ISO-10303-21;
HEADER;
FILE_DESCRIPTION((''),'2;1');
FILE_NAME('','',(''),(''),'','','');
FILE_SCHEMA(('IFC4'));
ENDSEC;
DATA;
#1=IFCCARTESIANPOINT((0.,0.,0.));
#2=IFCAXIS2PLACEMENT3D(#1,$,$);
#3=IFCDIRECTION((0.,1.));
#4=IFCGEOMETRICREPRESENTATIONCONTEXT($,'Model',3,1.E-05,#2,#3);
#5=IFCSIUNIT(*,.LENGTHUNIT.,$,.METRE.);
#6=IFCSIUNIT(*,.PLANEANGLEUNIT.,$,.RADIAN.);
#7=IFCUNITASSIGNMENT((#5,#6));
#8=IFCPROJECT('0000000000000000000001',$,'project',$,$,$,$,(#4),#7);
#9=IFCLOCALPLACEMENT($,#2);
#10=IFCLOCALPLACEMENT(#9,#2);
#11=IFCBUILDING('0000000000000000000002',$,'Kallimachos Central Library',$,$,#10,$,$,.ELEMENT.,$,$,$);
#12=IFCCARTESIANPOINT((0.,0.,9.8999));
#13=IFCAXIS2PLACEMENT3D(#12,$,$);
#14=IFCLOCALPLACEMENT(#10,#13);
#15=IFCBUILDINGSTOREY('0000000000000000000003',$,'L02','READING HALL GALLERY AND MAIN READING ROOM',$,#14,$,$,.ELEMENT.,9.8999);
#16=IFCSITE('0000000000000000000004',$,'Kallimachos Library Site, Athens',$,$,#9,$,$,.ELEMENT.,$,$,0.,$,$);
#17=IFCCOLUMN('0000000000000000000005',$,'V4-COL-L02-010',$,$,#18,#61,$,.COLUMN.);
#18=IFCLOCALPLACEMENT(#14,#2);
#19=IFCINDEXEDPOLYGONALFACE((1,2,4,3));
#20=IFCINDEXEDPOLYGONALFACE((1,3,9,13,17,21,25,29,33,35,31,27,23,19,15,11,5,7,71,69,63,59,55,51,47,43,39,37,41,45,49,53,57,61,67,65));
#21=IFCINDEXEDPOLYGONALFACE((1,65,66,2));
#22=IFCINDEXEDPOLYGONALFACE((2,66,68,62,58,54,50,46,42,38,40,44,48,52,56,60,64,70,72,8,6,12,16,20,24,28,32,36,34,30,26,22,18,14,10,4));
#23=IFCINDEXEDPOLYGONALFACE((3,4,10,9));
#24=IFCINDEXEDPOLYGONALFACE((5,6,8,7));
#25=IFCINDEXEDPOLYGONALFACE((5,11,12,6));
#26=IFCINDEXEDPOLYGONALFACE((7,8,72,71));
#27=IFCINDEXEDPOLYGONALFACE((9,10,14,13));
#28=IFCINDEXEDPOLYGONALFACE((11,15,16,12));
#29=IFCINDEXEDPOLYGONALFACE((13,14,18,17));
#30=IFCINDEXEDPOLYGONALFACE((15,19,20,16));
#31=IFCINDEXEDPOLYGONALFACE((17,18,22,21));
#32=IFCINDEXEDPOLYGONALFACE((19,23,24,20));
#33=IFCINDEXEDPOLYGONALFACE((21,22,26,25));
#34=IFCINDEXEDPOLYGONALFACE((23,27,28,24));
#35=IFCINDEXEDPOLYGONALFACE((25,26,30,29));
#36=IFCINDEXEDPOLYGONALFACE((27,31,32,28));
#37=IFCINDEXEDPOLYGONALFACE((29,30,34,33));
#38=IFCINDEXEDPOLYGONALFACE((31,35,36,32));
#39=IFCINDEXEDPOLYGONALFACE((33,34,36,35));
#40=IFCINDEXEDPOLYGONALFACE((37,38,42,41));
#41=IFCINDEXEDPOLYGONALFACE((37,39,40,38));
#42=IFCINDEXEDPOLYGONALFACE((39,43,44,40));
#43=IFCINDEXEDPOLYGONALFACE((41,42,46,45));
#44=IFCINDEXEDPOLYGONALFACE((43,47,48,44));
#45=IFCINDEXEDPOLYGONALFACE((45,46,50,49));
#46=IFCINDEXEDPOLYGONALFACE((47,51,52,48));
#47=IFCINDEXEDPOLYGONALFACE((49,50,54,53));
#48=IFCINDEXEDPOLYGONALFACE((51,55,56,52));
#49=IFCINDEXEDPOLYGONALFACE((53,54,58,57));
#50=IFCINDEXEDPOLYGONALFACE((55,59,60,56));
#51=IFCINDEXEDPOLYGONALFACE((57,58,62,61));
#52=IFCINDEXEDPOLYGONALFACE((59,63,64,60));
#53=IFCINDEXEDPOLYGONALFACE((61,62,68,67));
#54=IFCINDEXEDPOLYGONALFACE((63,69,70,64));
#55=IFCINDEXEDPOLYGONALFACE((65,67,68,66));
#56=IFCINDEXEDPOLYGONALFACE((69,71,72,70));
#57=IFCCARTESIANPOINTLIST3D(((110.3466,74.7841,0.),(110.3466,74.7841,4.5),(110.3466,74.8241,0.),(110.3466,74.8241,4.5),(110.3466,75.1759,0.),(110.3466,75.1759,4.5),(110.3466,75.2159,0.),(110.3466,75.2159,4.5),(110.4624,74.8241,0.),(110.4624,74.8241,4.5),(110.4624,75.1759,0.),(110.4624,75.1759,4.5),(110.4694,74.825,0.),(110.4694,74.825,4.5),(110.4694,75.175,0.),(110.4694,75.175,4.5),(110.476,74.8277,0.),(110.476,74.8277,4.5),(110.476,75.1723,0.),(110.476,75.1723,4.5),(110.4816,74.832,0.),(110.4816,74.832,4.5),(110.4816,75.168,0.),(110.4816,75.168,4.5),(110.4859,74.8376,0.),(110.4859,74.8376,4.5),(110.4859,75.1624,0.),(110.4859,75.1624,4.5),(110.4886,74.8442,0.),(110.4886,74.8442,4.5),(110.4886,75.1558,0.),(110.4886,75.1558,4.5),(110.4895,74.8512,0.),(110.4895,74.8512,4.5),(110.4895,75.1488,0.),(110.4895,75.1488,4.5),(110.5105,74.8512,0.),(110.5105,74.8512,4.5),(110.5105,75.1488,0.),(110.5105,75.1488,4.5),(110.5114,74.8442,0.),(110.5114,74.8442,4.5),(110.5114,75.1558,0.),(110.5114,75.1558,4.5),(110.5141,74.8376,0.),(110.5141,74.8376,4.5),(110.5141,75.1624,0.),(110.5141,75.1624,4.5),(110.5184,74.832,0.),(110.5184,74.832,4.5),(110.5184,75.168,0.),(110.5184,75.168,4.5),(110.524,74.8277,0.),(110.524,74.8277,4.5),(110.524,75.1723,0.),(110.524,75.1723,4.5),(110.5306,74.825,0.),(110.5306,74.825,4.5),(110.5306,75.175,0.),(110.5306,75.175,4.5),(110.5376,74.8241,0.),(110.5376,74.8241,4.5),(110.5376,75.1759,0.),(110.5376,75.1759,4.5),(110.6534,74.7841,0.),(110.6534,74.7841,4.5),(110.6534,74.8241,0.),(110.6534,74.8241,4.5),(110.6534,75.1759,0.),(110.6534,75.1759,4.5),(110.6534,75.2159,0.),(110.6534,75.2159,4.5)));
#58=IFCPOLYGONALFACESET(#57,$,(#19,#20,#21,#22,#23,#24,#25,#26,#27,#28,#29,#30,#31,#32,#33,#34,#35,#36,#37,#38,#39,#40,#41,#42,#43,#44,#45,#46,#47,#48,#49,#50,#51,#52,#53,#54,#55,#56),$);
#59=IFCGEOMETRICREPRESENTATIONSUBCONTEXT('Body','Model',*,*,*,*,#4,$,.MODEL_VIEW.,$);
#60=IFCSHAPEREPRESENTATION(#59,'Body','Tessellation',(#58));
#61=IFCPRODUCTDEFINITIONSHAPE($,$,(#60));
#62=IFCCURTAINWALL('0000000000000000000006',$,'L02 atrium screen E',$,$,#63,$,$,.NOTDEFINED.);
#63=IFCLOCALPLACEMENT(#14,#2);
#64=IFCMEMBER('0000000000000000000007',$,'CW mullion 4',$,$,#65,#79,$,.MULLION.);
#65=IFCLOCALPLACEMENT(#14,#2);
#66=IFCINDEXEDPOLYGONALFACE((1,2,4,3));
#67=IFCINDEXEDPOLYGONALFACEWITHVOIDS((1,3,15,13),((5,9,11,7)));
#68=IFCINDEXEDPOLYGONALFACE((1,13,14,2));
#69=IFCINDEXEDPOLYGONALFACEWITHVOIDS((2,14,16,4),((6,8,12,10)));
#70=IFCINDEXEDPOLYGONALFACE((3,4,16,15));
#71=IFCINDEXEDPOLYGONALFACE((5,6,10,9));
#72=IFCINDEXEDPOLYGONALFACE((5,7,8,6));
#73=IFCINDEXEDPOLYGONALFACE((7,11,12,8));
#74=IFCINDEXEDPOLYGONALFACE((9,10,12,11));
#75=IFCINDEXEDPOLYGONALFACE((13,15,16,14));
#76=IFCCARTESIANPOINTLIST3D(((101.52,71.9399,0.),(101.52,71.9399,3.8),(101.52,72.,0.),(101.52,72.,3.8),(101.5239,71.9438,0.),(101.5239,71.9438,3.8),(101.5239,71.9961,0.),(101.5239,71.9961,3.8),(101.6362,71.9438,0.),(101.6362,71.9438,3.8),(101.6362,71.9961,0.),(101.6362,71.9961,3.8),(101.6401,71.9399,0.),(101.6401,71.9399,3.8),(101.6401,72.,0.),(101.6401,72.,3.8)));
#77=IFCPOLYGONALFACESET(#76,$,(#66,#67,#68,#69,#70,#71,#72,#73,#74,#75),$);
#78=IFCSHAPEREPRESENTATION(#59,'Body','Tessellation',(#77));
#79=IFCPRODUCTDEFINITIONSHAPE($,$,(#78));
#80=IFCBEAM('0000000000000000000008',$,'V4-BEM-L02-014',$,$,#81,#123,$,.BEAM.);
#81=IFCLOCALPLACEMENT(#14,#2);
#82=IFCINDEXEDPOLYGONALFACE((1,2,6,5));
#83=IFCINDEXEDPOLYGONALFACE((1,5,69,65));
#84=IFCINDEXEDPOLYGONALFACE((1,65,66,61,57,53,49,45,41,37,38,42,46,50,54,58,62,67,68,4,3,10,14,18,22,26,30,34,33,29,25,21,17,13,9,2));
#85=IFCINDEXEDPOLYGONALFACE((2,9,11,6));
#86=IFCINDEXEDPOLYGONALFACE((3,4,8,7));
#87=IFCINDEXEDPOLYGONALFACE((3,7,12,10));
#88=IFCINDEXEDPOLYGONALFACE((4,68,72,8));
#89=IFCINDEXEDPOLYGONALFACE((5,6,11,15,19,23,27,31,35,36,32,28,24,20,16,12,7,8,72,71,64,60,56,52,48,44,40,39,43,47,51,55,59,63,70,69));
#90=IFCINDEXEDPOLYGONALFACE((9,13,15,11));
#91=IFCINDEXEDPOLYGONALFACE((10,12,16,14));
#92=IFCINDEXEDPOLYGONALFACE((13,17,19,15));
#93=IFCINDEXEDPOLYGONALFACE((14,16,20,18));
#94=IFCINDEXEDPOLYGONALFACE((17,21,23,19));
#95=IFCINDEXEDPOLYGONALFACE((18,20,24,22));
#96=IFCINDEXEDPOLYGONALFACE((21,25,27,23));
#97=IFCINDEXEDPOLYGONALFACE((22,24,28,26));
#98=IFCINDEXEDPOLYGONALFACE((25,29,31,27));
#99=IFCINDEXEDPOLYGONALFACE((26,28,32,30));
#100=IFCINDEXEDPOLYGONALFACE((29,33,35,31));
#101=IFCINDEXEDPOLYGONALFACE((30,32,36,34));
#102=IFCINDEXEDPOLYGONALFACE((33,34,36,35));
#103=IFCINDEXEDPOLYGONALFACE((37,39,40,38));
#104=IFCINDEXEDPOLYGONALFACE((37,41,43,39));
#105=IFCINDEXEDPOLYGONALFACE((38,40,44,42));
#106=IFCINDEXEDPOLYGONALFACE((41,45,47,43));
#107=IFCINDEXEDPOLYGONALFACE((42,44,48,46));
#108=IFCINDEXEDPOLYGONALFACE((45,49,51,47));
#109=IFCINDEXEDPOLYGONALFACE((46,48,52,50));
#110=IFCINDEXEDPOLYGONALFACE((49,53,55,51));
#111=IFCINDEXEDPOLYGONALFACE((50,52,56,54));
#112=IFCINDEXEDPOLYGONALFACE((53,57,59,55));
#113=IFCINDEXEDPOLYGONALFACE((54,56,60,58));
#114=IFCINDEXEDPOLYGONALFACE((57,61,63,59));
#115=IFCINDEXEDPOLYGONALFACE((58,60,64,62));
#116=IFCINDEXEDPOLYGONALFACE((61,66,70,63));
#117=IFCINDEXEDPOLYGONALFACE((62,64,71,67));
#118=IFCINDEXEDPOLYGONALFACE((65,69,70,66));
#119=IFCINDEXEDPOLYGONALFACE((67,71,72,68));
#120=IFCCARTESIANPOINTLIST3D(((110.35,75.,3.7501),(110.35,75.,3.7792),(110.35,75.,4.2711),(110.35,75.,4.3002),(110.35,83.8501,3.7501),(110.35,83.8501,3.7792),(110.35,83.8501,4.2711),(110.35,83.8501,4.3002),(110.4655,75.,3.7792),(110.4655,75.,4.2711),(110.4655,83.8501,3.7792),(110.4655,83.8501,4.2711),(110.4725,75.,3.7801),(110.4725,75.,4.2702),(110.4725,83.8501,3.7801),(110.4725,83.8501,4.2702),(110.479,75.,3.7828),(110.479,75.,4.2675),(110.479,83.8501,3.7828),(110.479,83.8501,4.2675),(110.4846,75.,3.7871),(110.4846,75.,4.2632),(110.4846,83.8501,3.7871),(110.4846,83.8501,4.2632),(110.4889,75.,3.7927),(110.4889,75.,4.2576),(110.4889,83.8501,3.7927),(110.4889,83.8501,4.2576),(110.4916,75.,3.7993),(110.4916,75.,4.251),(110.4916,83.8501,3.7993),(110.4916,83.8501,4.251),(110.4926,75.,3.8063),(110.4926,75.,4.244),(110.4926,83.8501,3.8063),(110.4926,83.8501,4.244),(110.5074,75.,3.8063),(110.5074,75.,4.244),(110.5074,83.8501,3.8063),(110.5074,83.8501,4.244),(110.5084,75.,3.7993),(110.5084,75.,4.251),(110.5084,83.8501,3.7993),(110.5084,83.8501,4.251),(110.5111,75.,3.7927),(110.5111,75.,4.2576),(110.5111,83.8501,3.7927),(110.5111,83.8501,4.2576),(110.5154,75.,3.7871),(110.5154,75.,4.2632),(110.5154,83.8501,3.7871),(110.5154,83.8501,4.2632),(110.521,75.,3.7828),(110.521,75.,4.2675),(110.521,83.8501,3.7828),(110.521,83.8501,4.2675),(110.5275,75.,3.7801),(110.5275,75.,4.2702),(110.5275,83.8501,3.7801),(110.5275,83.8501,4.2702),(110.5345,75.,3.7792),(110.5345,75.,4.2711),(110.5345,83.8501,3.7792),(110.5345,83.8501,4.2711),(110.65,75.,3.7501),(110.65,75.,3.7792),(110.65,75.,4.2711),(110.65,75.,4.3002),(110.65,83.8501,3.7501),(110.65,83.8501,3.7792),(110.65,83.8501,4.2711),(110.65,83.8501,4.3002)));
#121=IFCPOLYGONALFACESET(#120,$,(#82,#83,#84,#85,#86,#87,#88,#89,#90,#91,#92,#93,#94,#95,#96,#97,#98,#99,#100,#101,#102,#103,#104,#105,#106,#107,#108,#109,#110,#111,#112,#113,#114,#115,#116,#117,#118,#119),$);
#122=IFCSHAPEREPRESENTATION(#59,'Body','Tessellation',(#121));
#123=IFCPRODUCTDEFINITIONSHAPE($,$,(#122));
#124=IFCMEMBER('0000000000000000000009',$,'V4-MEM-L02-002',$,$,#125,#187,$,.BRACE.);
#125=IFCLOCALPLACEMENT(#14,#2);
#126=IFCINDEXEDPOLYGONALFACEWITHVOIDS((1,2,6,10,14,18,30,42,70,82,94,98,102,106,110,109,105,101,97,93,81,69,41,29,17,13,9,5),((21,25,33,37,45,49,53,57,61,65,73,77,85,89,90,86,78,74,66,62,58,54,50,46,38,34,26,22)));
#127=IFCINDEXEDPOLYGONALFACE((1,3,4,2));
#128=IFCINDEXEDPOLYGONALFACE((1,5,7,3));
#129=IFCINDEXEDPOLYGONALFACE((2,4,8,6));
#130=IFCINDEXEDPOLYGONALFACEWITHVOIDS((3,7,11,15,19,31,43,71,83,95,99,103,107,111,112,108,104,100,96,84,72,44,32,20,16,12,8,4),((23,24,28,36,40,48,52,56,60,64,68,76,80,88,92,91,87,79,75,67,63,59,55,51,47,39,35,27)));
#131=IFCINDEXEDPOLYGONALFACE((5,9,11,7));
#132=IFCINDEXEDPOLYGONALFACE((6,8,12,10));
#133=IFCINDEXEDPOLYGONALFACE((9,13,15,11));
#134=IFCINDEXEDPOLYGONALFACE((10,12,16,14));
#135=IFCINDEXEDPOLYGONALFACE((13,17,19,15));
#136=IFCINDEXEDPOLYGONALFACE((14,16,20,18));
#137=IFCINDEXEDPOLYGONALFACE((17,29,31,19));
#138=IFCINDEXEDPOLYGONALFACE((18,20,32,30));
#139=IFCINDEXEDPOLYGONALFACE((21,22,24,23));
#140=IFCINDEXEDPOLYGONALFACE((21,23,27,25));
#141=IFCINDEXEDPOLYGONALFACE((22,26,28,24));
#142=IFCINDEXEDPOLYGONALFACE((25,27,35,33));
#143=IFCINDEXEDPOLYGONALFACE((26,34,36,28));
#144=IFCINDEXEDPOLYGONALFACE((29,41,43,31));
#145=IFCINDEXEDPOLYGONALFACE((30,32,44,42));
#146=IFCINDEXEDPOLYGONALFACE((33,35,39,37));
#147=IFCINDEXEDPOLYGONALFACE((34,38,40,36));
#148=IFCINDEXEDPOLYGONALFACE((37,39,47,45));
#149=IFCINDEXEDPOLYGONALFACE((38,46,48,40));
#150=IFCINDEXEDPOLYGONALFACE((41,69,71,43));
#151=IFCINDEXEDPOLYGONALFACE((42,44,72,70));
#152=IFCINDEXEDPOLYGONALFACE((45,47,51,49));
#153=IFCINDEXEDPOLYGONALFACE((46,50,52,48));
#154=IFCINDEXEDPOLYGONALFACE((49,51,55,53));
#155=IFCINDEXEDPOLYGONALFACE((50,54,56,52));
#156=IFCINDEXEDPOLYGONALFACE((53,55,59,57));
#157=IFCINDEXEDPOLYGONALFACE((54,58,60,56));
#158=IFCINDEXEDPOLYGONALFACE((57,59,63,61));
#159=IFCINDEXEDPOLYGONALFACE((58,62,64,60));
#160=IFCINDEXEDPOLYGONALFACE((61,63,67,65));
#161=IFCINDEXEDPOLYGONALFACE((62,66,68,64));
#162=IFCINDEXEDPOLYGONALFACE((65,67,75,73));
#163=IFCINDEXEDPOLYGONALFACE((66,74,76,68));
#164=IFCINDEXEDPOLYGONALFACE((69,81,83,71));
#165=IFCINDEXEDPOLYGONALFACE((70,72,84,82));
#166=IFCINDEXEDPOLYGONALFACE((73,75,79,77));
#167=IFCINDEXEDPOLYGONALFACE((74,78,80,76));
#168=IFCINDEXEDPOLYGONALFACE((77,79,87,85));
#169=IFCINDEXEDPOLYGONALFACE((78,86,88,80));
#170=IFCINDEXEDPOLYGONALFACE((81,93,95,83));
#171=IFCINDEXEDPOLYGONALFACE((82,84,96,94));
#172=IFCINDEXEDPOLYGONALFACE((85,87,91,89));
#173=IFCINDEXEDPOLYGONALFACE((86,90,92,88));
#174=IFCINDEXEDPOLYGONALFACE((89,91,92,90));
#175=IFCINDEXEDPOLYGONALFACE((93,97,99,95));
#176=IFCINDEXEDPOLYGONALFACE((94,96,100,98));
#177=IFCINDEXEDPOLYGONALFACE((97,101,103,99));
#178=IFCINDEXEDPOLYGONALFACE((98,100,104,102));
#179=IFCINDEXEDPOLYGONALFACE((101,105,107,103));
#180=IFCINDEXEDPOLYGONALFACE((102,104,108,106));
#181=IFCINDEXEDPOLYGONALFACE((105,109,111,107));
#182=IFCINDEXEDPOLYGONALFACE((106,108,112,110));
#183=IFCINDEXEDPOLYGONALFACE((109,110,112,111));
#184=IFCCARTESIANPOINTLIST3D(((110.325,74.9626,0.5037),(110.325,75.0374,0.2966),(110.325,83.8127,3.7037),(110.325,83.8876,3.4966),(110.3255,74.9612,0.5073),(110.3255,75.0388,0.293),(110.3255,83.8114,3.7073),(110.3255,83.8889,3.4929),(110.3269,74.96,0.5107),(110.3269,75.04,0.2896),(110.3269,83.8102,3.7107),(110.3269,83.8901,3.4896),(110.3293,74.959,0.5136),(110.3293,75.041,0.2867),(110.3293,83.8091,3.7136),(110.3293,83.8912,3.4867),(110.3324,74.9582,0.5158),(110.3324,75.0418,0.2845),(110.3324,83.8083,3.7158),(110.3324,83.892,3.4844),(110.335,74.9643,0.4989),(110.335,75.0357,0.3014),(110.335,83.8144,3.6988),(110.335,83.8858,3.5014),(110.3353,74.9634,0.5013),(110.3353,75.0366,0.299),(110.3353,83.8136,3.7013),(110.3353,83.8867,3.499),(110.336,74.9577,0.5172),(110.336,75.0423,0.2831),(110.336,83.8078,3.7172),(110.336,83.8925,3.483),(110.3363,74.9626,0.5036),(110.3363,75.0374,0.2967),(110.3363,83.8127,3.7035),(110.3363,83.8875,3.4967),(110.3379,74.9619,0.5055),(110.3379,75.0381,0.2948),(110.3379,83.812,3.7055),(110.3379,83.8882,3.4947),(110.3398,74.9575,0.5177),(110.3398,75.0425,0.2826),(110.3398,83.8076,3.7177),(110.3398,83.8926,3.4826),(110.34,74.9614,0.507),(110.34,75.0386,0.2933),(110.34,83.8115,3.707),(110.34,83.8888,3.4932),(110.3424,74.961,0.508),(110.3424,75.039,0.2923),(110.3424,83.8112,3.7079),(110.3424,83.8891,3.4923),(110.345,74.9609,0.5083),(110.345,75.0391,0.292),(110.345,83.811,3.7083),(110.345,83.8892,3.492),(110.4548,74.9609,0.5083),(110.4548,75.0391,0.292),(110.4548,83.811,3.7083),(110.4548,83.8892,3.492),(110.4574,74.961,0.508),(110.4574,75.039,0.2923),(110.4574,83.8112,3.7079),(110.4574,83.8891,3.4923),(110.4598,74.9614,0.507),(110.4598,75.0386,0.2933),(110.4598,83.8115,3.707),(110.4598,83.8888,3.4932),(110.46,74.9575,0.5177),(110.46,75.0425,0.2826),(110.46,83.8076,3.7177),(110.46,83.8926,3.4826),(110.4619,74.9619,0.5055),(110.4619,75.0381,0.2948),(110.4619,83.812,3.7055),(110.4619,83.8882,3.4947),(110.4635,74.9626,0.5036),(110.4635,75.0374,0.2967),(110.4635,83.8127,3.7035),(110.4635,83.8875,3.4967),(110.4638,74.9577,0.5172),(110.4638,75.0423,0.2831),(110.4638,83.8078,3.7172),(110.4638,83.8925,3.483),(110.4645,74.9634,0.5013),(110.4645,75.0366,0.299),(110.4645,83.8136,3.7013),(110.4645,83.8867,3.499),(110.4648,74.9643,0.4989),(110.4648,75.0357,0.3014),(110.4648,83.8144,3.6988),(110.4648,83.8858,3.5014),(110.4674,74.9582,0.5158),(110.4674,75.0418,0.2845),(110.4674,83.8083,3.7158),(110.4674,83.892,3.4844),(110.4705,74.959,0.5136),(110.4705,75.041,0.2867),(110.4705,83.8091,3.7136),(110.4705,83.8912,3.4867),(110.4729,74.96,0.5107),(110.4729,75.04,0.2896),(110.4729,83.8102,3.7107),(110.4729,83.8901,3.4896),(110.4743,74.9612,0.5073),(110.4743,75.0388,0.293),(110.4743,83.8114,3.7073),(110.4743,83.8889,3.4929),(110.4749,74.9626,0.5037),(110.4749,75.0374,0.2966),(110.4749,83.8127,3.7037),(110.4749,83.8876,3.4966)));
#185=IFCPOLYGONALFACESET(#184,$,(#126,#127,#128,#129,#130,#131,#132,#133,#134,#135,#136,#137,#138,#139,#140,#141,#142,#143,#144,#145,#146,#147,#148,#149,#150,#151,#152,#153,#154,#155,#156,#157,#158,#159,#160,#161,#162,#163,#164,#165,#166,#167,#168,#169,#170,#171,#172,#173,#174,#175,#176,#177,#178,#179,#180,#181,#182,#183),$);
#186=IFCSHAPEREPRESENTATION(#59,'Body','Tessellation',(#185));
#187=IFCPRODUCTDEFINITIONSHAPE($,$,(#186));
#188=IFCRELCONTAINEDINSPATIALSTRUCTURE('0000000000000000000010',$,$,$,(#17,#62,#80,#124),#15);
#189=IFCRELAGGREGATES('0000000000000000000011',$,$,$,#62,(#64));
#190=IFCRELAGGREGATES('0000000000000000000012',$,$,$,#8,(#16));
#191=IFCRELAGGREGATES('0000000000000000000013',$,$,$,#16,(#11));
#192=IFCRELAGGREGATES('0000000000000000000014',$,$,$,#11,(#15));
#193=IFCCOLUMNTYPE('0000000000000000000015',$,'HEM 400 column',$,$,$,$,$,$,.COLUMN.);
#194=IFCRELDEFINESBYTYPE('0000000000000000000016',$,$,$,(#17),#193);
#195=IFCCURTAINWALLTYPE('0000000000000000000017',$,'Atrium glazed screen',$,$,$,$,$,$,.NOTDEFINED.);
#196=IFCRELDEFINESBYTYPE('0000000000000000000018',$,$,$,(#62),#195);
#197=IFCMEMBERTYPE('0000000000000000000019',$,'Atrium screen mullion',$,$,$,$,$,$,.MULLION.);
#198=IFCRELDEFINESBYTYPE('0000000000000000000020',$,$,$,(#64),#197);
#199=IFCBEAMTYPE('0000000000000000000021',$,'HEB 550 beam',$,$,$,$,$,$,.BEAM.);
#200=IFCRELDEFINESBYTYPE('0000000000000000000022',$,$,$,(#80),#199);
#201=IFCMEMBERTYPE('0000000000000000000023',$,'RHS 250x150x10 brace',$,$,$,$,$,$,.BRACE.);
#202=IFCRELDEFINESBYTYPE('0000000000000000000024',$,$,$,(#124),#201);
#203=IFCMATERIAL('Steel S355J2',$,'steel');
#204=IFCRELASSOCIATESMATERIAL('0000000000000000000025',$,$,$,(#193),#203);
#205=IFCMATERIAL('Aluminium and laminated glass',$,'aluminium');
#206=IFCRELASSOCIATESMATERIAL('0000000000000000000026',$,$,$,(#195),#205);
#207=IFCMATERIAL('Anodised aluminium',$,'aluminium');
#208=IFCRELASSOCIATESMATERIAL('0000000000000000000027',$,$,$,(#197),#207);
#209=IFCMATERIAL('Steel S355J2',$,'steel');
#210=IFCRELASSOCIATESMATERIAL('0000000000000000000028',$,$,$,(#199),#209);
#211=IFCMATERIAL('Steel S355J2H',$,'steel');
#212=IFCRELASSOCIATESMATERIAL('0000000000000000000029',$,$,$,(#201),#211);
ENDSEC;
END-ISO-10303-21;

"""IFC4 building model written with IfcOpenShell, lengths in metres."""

from ifc_helpers import new_model, si_unit, direction, frame, origin, origin_2d, place, context, subcontext, project, spatial, hollow_rectangle, i_section, extrude, material, material_profile, profile_set, type_object, element, aggregate, save


model = new_model("IFC4")

# Units and contexts
model_context = context("Model", 3, precision=1e-05, world=origin(), true_north=direction((0.0, 1.0)))
body_context = subcontext(model_context, "Body", "Model", "MODEL_VIEW")
ifc_project = project(units=[si_unit("LENGTHUNIT", "METRE"), si_unit("PLANEANGLEUNIT", "RADIAN")], contexts=[model_context])

# Site, building, storey
site_placement = place(None, origin())
site = spatial("IfcSite", under=ifc_project, at=site_placement, Name="Kallimachos Library Site, Athens", CompositionType="ELEMENT", RefElevation=0.0)
building_placement = place(site_placement, origin())
building = spatial("IfcBuilding", under=site, at=building_placement, Name="Kallimachos Central Library", CompositionType="ELEMENT")
storey_placement = place(building_placement, frame((0.0, 0.0, 9.8999)))
storey = spatial("IfcBuildingStorey", under=building, at=storey_placement, Name="L02", Description="READING HALL GALLERY AND MAIN READING ROOM", CompositionType="ELEMENT", Elevation=9.8999)

# Column
ifc_material_1 = material(Name="Steel S355J2", Category="steel")
ifc_material_profile_1 = material_profile(ifc_material_1, i_section(OverallWidth=0.3069, OverallDepth=0.4319, WebThickness=0.021, FlangeThickness=0.04, FilletRadius=0.0271, at=origin_2d()), Name="HEM 400")
ifc_profile_set_1 = profile_set([ifc_material_profile_1], Name="Steel S355J2")
column_type = type_object("IfcColumnType", Name="HEM 400 column", PredefinedType="COLUMN", material=ifc_profile_set_1)
column_placement = place(storey_placement, frame((110.5, 75.0, 0.0), z_axis=(0.0, 0.0, 1.0), x_axis=(1.0, 0.0, 0.0)))
element("IfcColumn", 1, at=column_placement, inside=storey, type_object=column_type, Name="V4-COL-L02-010", PredefinedType="COLUMN", context=body_context, shape_type="SweptSolid", body=[
    extrude(i_section(OverallWidth=0.3069, OverallDepth=0.4319, WebThickness=0.021, FlangeThickness=0.04, FilletRadius=0.0271, at=origin_2d()), origin(), (0.0, 0.0, 1.0), 4.5),
])

# Curtain wall, member
ifc_material_2 = material(Name="Aluminium and laminated glass", Category="aluminium")
curtain_wall_type_1 = type_object("IfcCurtainWallType", Name="Atrium glazed screen", PredefinedType="NOTDEFINED", material=ifc_material_2)
curtain_wall_1_placement = place(storey_placement, origin())
curtain_wall_1 = element("IfcCurtainWall", 2, at=curtain_wall_1_placement, inside=storey, type_object=curtain_wall_type_1, Name="L02 atrium screen E", PredefinedType="NOTDEFINED")
ifc_material_3 = material(Name="Anodised aluminium", Category="aluminium")
ifc_material_profile_2 = material_profile(ifc_material_3, hollow_rectangle(XDim=0.0601, YDim=0.1201, WallThickness=0.0039, at=origin_2d()), Name="ALU MULLION 60x120")
ifc_profile_set_2 = profile_set([ifc_material_profile_2], Name="Anodised aluminium")
member_type_1 = type_object("IfcMemberType", Name="Atrium screen mullion", PredefinedType="MULLION", material=ifc_profile_set_2)
member_1_placement = place(storey_placement, frame((101.5801, 71.97, 0.0), z_axis=(0.0, 0.0, 1.0), x_axis=(0.0, 1.0, 0.0)))
member_1 = element("IfcMember", 3, at=member_1_placement, type_object=member_type_1, Name="CW mullion 4", PredefinedType="MULLION", context=body_context, shape_type="SweptSolid", body=[
    extrude(hollow_rectangle(XDim=0.0601, YDim=0.1201, WallThickness=0.0039, at=origin_2d()), origin(), (0.0, 0.0, 1.0), 3.8),
])
aggregate(curtain_wall_1, [member_1])

# Beam
ifc_material_4 = material(Name="Steel S355J2", Category="steel")
ifc_material_profile_3 = material_profile(ifc_material_4, i_section(OverallWidth=0.3, OverallDepth=0.55, WebThickness=0.0149, FlangeThickness=0.0291, FilletRadius=0.0271, at=origin_2d()), Name="HEB 550")
ifc_profile_set_3 = profile_set([ifc_material_profile_3], Name="Steel S355J2")
beam_type = type_object("IfcBeamType", Name="HEB 550 beam", PredefinedType="BEAM", material=ifc_profile_set_3)
beam_placement = place(storey_placement, frame((110.5, 75.0, 4.0251), z_axis=(0.0, 1.0, 0.0), x_axis=(-1.0, 0.0, 0.0)))
element("IfcBeam", 4, at=beam_placement, inside=storey, type_object=beam_type, Name="V4-BEM-L02-014", PredefinedType="BEAM", context=body_context, shape_type="SweptSolid", body=[
    extrude(i_section(OverallWidth=0.3, OverallDepth=0.55, WebThickness=0.0149, FlangeThickness=0.0291, FilletRadius=0.0271, at=origin_2d()), origin(), (0.0, 0.0, 1.0), 8.8501),
])

# Member
ifc_material_5 = material(Name="Steel S355J2H", Category="steel")
ifc_material_profile_4 = material_profile(ifc_material_5, hollow_rectangle(XDim=0.1499, YDim=0.25, WallThickness=0.01, InnerFilletRadius=0.01, OuterFilletRadius=0.0149, at=origin_2d()), Name="RHS 250x150x10")
ifc_profile_set_4 = profile_set([ifc_material_profile_4], Name="Steel S355J2H")
member_type_2 = type_object("IfcMemberType", Name="RHS 250x150x10 brace", PredefinedType="BRACE", material=ifc_profile_set_4)
member_2_placement = place(storey_placement, frame((110.3999, 75.0, 0.4001), z_axis=(0.0, 0.940415, 0.340028), x_axis=(-1.0, 0.0, 0.0)))
element("IfcMember", 5, at=member_2_placement, inside=storey, type_object=member_type_2, Name="V4-MEM-L02-002", PredefinedType="BRACE", context=body_context, shape_type="SweptSolid", body=[
    extrude(hollow_rectangle(XDim=0.1499, YDim=0.25, WallThickness=0.01, InnerFilletRadius=0.01, OuterFilletRadius=0.0149, at=origin_2d()), origin(), (0.0, 0.0, 1.0), 9.4109),
])

save(model, "model.ifc")
